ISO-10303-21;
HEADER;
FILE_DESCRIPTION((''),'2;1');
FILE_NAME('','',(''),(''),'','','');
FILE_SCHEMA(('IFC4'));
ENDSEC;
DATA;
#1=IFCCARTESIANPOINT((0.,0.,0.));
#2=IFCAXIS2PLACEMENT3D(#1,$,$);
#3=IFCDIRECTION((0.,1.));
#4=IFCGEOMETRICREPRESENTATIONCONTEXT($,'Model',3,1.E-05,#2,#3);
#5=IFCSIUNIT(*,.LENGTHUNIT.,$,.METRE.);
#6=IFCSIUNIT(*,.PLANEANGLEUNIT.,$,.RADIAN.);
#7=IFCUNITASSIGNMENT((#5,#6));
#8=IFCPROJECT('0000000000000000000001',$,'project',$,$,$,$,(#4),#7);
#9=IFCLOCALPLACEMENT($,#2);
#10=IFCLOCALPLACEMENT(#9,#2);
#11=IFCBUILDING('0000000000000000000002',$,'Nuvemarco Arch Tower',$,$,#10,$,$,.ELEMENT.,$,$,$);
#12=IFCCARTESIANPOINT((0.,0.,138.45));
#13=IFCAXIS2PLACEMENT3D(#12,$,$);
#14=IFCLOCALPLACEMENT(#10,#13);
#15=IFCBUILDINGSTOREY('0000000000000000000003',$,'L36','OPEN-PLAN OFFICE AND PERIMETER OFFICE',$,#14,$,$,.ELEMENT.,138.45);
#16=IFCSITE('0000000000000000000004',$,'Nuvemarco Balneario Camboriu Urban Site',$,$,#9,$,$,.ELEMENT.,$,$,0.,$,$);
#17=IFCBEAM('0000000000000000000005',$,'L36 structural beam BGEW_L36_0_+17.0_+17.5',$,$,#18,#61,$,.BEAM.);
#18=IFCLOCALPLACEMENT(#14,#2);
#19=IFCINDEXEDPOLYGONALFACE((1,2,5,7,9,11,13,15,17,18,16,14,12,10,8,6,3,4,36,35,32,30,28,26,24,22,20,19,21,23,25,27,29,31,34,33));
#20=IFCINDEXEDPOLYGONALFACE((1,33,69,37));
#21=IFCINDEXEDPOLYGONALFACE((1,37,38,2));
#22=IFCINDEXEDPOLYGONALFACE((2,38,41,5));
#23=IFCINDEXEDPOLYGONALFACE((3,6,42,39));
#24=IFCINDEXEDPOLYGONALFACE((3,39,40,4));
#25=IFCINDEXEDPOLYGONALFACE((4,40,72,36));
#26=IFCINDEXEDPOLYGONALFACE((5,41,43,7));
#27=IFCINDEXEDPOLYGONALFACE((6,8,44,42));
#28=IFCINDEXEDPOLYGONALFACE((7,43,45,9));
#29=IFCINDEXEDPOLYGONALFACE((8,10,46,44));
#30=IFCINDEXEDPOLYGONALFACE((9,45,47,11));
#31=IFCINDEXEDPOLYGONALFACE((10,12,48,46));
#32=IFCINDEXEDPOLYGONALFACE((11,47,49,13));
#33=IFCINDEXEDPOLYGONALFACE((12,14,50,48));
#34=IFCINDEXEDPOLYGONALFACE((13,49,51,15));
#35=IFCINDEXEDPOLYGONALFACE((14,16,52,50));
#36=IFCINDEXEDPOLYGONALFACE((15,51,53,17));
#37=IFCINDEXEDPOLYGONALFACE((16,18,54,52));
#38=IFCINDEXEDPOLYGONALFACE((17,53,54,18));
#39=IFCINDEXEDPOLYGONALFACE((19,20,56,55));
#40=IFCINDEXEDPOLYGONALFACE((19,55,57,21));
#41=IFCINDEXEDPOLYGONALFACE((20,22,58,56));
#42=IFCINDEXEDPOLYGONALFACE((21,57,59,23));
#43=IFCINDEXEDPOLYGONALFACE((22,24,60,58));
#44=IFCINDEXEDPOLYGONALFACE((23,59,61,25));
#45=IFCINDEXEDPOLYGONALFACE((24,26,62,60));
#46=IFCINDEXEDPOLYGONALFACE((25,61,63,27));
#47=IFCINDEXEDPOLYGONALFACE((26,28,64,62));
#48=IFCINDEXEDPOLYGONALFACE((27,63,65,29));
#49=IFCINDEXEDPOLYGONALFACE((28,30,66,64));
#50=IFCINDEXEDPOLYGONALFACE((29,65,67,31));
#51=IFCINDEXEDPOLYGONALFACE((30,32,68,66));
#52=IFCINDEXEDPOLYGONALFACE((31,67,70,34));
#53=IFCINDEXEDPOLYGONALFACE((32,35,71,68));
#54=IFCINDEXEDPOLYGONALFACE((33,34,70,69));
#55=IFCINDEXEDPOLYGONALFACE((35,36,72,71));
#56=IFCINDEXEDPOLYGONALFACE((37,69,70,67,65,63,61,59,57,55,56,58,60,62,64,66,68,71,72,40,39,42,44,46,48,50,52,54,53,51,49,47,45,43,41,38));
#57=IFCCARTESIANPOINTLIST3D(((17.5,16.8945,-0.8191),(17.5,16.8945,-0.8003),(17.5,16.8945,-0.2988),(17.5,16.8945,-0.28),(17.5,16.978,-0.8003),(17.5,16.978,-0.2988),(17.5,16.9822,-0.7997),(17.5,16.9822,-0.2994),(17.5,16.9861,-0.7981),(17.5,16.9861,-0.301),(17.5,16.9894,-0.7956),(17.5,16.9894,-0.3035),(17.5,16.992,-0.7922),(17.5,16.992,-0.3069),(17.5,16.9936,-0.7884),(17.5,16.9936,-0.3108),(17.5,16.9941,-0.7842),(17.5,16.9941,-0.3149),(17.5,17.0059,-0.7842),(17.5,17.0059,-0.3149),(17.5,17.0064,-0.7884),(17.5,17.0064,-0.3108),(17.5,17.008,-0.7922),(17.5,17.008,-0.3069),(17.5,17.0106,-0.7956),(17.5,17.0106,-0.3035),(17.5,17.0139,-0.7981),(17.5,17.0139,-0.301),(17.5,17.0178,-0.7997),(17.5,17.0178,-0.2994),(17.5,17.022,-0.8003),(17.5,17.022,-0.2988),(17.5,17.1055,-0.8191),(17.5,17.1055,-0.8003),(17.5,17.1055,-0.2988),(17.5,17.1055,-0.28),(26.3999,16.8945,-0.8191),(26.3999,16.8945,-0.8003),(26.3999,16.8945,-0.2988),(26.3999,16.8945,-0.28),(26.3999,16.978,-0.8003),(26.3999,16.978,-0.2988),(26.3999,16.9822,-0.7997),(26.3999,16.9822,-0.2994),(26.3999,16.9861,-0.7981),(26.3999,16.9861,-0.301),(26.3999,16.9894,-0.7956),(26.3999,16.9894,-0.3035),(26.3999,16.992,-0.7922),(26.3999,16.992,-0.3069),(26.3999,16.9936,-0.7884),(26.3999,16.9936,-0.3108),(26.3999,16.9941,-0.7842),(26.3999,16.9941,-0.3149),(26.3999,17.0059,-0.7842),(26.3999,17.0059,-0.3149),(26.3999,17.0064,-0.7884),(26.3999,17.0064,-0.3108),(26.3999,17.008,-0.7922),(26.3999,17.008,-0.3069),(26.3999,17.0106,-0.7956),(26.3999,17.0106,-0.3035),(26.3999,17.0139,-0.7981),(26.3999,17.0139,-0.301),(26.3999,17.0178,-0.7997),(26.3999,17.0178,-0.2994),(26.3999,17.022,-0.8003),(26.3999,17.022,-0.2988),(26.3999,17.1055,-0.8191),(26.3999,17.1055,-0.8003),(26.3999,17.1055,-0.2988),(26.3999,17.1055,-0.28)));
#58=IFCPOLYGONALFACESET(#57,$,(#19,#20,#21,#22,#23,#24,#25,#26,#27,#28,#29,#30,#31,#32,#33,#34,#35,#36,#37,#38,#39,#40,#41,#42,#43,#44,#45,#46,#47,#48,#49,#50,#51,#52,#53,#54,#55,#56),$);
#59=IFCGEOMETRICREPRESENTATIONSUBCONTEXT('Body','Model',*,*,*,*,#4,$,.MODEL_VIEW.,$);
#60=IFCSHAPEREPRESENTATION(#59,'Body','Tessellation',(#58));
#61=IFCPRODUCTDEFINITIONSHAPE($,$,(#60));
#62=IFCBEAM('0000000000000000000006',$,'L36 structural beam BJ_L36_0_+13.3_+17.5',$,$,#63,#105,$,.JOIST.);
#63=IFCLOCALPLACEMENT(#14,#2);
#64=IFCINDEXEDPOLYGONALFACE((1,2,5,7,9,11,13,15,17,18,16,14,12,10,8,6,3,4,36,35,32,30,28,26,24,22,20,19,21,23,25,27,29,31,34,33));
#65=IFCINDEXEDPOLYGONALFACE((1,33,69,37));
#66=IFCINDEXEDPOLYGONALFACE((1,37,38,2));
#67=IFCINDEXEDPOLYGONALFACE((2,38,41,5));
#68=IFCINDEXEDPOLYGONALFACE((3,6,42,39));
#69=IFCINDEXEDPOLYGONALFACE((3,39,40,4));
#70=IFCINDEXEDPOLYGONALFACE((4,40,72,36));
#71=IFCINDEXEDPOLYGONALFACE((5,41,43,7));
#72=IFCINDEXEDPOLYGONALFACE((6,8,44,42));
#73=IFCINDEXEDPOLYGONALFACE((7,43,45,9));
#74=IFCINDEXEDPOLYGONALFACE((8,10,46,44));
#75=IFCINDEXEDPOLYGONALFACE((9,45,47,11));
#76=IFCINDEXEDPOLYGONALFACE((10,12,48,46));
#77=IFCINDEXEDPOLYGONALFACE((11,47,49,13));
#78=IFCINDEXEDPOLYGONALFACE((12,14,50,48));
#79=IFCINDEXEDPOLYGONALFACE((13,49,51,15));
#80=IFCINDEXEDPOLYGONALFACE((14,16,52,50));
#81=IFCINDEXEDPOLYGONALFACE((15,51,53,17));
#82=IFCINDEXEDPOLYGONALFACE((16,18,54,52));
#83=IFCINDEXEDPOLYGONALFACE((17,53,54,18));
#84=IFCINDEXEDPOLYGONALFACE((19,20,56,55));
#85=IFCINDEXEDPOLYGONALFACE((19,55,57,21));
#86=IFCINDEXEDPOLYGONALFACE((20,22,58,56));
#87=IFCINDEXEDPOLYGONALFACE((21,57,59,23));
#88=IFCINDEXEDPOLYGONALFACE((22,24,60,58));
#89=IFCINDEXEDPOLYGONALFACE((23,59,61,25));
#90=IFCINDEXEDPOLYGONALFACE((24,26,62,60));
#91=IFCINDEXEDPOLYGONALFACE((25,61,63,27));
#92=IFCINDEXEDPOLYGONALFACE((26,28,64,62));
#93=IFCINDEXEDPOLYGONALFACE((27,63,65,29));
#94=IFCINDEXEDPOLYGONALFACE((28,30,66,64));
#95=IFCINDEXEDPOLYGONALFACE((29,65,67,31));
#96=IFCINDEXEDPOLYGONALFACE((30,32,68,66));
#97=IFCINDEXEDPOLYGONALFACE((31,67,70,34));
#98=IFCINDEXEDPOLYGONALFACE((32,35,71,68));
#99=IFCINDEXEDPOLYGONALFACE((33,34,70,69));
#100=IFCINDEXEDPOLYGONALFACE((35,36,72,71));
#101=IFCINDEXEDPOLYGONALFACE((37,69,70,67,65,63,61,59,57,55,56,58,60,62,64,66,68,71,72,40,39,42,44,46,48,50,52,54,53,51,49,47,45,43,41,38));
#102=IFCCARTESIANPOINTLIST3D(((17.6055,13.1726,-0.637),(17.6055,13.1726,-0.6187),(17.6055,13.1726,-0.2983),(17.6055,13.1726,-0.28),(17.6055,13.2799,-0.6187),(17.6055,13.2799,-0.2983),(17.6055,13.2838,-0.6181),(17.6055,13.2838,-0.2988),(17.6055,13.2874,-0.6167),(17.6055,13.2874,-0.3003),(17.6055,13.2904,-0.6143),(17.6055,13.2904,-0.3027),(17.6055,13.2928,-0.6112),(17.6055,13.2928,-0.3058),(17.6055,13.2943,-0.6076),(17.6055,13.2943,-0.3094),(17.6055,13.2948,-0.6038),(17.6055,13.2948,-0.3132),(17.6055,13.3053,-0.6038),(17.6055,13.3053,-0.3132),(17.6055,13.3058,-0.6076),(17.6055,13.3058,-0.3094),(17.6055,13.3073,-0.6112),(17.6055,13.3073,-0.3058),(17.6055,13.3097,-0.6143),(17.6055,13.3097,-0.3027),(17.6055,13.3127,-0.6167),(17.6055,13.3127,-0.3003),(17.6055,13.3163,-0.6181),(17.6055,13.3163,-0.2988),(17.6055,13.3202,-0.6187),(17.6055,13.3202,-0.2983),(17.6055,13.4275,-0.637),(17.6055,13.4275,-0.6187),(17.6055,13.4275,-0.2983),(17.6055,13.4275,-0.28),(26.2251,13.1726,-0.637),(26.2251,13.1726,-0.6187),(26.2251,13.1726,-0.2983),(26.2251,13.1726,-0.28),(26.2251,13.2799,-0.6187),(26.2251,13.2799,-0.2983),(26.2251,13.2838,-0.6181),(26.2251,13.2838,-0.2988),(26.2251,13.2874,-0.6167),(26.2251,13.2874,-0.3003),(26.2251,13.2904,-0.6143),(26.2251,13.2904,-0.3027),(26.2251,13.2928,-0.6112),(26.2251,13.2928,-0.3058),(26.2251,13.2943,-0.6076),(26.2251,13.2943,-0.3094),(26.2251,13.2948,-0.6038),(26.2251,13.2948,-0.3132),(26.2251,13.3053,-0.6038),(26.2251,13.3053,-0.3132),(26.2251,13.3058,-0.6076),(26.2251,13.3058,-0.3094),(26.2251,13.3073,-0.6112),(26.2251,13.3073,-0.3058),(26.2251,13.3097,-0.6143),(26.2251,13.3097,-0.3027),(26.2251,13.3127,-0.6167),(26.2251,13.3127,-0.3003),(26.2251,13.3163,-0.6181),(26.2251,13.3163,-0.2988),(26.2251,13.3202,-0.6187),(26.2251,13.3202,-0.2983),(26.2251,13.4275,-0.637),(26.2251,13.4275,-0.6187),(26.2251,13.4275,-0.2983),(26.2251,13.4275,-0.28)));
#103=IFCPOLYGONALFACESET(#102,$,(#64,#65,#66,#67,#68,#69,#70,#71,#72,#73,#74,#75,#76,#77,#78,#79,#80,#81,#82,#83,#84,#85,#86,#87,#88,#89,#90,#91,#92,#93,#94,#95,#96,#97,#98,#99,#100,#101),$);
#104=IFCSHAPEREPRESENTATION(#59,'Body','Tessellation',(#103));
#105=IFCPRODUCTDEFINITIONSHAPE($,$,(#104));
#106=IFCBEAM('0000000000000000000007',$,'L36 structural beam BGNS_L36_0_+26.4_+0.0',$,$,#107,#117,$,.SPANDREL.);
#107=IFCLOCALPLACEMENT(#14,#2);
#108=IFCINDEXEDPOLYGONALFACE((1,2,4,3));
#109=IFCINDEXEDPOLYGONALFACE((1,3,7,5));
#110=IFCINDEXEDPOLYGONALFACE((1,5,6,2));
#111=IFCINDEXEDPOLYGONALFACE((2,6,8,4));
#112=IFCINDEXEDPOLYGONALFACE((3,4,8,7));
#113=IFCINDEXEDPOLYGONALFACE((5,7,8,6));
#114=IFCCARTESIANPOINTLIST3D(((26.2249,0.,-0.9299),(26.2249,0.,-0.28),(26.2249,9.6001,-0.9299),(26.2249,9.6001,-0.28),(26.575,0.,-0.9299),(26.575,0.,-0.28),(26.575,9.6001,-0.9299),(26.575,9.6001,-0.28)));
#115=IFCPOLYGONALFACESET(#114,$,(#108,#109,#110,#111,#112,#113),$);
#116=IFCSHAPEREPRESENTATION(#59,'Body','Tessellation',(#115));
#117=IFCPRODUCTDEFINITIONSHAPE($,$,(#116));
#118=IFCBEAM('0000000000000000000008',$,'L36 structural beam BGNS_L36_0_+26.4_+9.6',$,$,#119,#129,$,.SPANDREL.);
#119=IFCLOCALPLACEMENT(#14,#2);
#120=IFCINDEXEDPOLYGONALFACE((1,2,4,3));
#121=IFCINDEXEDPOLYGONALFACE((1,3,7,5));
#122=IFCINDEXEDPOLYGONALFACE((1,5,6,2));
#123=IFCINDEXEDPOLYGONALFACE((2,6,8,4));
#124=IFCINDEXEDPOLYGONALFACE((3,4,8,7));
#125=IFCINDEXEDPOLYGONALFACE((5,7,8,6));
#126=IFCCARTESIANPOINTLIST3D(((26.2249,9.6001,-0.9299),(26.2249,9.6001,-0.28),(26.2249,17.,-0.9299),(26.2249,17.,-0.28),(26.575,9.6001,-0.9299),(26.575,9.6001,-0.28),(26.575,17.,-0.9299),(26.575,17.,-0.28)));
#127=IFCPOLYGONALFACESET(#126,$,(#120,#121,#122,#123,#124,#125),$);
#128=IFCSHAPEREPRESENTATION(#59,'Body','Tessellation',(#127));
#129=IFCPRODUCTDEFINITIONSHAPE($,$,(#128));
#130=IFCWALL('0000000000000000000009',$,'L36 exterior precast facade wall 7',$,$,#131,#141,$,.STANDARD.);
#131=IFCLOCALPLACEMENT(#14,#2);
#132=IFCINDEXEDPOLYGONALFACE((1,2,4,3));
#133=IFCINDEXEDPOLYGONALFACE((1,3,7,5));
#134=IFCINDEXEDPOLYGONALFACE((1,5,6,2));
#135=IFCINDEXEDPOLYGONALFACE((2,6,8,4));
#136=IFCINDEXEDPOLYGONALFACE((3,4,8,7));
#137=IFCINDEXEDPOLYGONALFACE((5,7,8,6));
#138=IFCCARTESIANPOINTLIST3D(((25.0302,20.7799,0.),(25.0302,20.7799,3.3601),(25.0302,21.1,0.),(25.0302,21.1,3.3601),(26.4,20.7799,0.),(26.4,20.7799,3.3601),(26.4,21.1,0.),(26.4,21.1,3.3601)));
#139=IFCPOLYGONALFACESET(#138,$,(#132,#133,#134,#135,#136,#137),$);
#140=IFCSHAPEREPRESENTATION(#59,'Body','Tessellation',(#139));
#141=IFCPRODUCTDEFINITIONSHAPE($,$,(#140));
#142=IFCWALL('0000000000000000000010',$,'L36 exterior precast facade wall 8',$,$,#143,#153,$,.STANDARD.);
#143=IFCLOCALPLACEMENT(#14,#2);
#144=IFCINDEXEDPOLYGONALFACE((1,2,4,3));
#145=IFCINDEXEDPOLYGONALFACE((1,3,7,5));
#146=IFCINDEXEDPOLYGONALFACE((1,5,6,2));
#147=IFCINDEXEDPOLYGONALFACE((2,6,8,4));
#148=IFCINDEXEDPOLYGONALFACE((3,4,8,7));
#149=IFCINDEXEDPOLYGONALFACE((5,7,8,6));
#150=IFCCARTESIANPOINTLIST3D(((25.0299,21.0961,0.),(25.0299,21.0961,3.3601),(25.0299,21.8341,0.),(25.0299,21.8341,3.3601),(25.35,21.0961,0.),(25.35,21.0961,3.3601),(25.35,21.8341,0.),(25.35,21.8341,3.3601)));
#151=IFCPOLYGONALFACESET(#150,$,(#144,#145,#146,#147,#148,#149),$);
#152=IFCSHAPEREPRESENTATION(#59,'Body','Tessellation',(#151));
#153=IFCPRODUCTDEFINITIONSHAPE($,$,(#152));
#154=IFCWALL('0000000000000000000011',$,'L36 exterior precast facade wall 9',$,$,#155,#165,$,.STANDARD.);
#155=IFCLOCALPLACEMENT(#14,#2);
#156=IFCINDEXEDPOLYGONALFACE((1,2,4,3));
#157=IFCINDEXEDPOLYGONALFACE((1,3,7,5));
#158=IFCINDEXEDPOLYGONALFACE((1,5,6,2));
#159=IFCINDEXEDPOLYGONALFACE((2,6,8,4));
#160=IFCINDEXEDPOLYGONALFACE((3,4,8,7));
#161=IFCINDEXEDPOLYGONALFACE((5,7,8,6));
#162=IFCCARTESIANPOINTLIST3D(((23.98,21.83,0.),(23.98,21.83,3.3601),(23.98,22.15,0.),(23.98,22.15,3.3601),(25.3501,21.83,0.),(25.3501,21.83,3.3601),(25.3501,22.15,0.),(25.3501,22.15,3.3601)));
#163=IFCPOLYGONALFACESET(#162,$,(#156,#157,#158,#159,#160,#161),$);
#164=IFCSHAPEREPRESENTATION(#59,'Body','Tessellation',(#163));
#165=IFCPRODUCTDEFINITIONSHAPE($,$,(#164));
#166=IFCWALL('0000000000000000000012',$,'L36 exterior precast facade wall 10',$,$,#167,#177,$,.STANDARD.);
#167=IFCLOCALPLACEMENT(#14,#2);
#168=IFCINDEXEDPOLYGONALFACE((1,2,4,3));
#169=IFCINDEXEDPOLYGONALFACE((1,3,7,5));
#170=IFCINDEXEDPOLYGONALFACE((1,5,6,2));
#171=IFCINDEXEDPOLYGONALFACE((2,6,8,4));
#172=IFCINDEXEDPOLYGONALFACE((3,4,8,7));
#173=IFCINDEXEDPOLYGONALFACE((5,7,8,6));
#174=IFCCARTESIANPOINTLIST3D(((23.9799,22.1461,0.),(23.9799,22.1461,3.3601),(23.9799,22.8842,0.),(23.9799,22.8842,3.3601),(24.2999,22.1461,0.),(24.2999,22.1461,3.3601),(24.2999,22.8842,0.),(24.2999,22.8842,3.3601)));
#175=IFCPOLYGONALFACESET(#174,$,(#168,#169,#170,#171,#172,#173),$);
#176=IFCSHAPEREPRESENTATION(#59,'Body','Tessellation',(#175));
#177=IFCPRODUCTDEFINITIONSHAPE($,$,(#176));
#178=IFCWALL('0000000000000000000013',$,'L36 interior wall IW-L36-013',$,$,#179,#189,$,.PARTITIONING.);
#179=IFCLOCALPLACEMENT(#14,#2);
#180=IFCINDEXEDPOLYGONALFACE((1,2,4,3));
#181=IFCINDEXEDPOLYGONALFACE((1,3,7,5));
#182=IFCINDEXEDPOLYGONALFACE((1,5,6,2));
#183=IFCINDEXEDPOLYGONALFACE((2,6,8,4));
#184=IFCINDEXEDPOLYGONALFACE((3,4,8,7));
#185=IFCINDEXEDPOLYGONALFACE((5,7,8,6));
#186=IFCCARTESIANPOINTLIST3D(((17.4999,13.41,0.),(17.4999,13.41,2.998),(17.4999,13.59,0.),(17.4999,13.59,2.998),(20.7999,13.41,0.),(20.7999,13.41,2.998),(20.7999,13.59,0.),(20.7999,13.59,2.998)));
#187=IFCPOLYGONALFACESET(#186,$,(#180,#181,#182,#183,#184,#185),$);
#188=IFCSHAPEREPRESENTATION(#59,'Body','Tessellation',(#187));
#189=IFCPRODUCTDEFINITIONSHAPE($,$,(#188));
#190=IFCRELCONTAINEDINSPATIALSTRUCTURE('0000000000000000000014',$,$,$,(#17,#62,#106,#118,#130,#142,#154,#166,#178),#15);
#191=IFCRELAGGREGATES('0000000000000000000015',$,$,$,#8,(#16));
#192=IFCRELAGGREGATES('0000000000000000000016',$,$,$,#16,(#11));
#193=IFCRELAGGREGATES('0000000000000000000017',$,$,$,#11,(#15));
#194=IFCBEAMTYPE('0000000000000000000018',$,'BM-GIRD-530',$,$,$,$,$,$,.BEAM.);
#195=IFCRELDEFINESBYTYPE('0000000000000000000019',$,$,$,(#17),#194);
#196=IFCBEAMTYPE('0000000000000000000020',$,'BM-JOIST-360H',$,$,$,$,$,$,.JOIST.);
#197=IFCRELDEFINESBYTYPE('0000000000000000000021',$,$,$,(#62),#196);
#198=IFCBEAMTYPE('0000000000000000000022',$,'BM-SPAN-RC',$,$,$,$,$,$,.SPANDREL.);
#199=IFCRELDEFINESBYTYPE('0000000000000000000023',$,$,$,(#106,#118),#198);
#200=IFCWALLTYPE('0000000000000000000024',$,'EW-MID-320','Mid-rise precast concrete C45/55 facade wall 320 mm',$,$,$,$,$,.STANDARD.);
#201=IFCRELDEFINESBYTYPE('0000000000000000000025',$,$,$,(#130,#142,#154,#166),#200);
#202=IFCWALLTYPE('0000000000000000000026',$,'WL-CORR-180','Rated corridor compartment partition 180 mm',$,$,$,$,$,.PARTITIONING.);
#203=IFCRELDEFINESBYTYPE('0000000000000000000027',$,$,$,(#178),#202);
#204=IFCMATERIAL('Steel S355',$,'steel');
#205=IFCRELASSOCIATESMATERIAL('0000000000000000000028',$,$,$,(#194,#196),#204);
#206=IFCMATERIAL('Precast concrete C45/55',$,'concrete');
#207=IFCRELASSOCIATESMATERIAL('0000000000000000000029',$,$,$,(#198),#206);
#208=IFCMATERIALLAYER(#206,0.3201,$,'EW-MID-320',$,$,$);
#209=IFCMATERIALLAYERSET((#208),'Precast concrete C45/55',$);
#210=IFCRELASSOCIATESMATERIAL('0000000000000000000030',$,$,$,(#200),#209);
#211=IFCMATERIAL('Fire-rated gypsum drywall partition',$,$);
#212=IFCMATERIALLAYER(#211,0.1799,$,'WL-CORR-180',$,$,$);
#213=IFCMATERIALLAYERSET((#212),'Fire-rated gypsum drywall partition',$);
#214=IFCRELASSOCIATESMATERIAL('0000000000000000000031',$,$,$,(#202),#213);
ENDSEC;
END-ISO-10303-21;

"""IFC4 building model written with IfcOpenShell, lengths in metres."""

from ifc_helpers import new_model, si_unit, direction, frame, frame_2d, origin, origin_2d, place, context, subcontext, project, spatial, rectangle, i_section, extrude, material, layer, layer_set, material_profile, profile_set, type_object, element, save


model = new_model("IFC4")

# Units and contexts
model_context = context("Model", 3, precision=1e-05, world=origin(), true_north=direction((0.0, 1.0)))
body_context = subcontext(model_context, "Body", "Model", "MODEL_VIEW")
ifc_project = project(units=[si_unit("LENGTHUNIT", "METRE"), si_unit("PLANEANGLEUNIT", "RADIAN")], contexts=[model_context])

# Site, building, storey
site_placement = place(None, origin())
site = spatial("IfcSite", under=ifc_project, at=site_placement, Name="Nuvemarco Balneario Camboriu Urban Site", CompositionType="ELEMENT", RefElevation=0.0)
building_placement = place(site_placement, origin())
building = spatial("IfcBuilding", under=site, at=building_placement, Name="Nuvemarco Arch Tower", CompositionType="ELEMENT")
storey_placement = place(building_placement, frame((0.0, 0.0, 138.45)))
storey = spatial("IfcBuildingStorey", under=building, at=storey_placement, Name="L36", Description="OPEN-PLAN OFFICE AND PERIMETER OFFICE", CompositionType="ELEMENT", Elevation=138.45)

# Shared definitions
ifc_material_1 = material(Name="Steel S355", Category="steel")

# Beams
ifc_material_profile_1 = material_profile(ifc_material_1, i_section(OverallWidth=0.2109, OverallDepth=0.5391, WebThickness=0.0117, FlangeThickness=0.0188, FilletRadius=0.0161, at=origin_2d()), Name="W530x109")
ifc_profile_set_1 = profile_set([ifc_material_profile_1], Name="Steel S355")
beam_type_1 = type_object("IfcBeamType", Name="BM-GIRD-530", PredefinedType="BEAM", material=ifc_profile_set_1)
for number, where, z_axis, x_axis, name in (
    (1, (17.5, 17.0, -0.5496), (1.0, 0.0, 0.0), (0.0, 1.0, 0.0), "L36 structural beam BGEW_L36_0_+17.0_+17.5"),
):
    element("IfcBeam", number, at=place(storey_placement, frame(where, z_axis=z_axis, x_axis=x_axis)), inside=storey, type_object=beam_type_1, Name=name, PredefinedType="BEAM", context=body_context, shape_type="SweptSolid", body=[
        extrude(i_section(OverallWidth=0.2109, OverallDepth=0.5391, WebThickness=0.0117, FlangeThickness=0.0188, FilletRadius=0.0161, at=origin_2d()), origin(), (0.0, 0.0, 1.0), 8.8999),
    ])
ifc_material_profile_2 = material_profile(ifc_material_1, i_section(OverallWidth=0.2549, OverallDepth=0.3569, WebThickness=0.0105, FlangeThickness=0.0183, FilletRadius=0.0149, at=origin_2d()), Name="W360x101")
ifc_profile_set_2 = profile_set([ifc_material_profile_2], Name="Steel S355")
beam_type_2 = type_object("IfcBeamType", Name="BM-JOIST-360H", PredefinedType="JOIST", material=ifc_profile_set_2)
beam_1_placement = place(storey_placement, frame((17.6055, 13.3, -0.4585), z_axis=(1.0, 0.0, 0.0), x_axis=(0.0, 1.0, 0.0)))
element("IfcBeam", 2, at=beam_1_placement, inside=storey, type_object=beam_type_2, Name="L36 structural beam BJ_L36_0_+13.3_+17.5", PredefinedType="JOIST", context=body_context, shape_type="SweptSolid", body=[
    extrude(i_section(OverallWidth=0.2549, OverallDepth=0.3569, WebThickness=0.0105, FlangeThickness=0.0183, FilletRadius=0.0149, at=origin_2d()), origin(), (0.0, 0.0, 1.0), 8.6196),
])
ifc_material_2 = material(Name="Precast concrete C45/55", Category="concrete")
ifc_material_profile_3 = material_profile(ifc_material_2, rectangle(XDim=0.3501, YDim=0.6499, at=origin_2d()), Name="PC-SP-350x650")
ifc_profile_set_3 = profile_set([ifc_material_profile_3], Name="Precast concrete C45/55")
beam_type_3 = type_object("IfcBeamType", Name="BM-SPAN-RC", PredefinedType="SPANDREL", material=ifc_profile_set_3)
beam_2_placement = place(storey_placement, frame((26.3999, 0.0, -0.605), z_axis=(0.0, 1.0, 0.0), x_axis=(-1.0, 0.0, 0.0)))
element("IfcBeam", 3, at=beam_2_placement, inside=storey, type_object=beam_type_3, Name="L36 structural beam BGNS_L36_0_+26.4_+0.0", PredefinedType="SPANDREL", context=body_context, shape_type="SweptSolid", body=[
    extrude(rectangle(XDim=0.3501, YDim=0.6499, at=origin_2d()), origin(), (0.0, 0.0, 1.0), 9.6001),
])
beam_3_placement = place(storey_placement, frame((26.3999, 9.6001, -0.605), z_axis=(0.0, 1.0, 0.0), x_axis=(-1.0, 0.0, 0.0)))
element("IfcBeam", 4, at=beam_3_placement, inside=storey, type_object=beam_type_3, Name="L36 structural beam BGNS_L36_0_+26.4_+9.6", PredefinedType="SPANDREL", context=body_context, shape_type="SweptSolid", body=[
    extrude(rectangle(XDim=0.3501, YDim=0.6499, at=origin_2d()), origin(), (0.0, 0.0, 1.0), 7.3999),
])

# Walls
ifc_layer_1 = layer(ifc_material_2, 0.3201, Name="EW-MID-320")
ifc_layer_set_1 = layer_set([ifc_layer_1], Name="Precast concrete C45/55")
wall_type_1 = type_object("IfcWallType", Name="EW-MID-320", Description="Mid-rise precast concrete C45/55 facade wall 320 mm", PredefinedType="STANDARD", material=ifc_layer_set_1)
wall_1_placement = place(storey_placement, frame((25.03, 20.9399, 0.0), z_axis=(0.0, 0.0, 1.0), x_axis=(1.0, 0.0, 0.0)))
element("IfcWall", 5, at=wall_1_placement, inside=storey, type_object=wall_type_1, Name="L36 exterior precast facade wall 7", PredefinedType="STANDARD", context=body_context, shape_type="SweptSolid", body=[
    extrude(rectangle(XDim=1.3699, YDim=0.3201, at=frame_2d((0.6851, 0.0))), origin(), (0.0, 0.0, 1.0), 3.3601),
])
wall_2_placement = place(storey_placement, frame((25.1899, 21.0959, 0.0), z_axis=(0.0, 0.0, 1.0), x_axis=(0.0, 1.0, 0.0)))
element("IfcWall", 6, at=wall_2_placement, inside=storey, type_object=wall_type_1, Name="L36 exterior precast facade wall 8", PredefinedType="STANDARD", context=body_context, shape_type="SweptSolid", body=[
    extrude(rectangle(XDim=0.738, YDim=0.3201, at=frame_2d((0.3691, 0.0))), origin(), (0.0, 0.0, 1.0), 3.3601),
])
wall_3_placement = place(storey_placement, frame((23.98, 21.99, 0.0), z_axis=(0.0, 0.0, 1.0), x_axis=(1.0, 0.0, 0.0)))
element("IfcWall", 7, at=wall_3_placement, inside=storey, type_object=wall_type_1, Name="L36 exterior precast facade wall 9", PredefinedType="STANDARD", context=body_context, shape_type="SweptSolid", body=[
    extrude(rectangle(XDim=1.3701, YDim=0.3201, at=frame_2d((0.6851, 0.0))), origin(), (0.0, 0.0, 1.0), 3.3601),
])
wall_4_placement = place(storey_placement, frame((24.1399, 22.146, 0.0), z_axis=(0.0, 0.0, 1.0), x_axis=(0.0, 1.0, 0.0)))
element("IfcWall", 8, at=wall_4_placement, inside=storey, type_object=wall_type_1, Name="L36 exterior precast facade wall 10", PredefinedType="STANDARD", context=body_context, shape_type="SweptSolid", body=[
    extrude(rectangle(XDim=0.738, YDim=0.3201, at=frame_2d((0.3691, 0.0))), origin(), (0.0, 0.0, 1.0), 3.3601),
])
ifc_material_3 = material(Name="Fire-rated gypsum drywall partition")
ifc_layer_2 = layer(ifc_material_3, 0.1799, Name="WL-CORR-180")
ifc_layer_set_2 = layer_set([ifc_layer_2], Name="Fire-rated gypsum drywall partition")
wall_type_2 = type_object("IfcWallType", Name="WL-CORR-180", Description="Rated corridor compartment partition 180 mm", PredefinedType="PARTITIONING", material=ifc_layer_set_2)
wall_5_placement = place(storey_placement, frame((17.5, 13.5, 0.0), z_axis=(0.0, 0.0, 1.0), x_axis=(1.0, 0.0, 0.0)))
element("IfcWall", 9, at=wall_5_placement, inside=storey, type_object=wall_type_2, Name="L36 interior wall IW-L36-013", PredefinedType="PARTITIONING", context=body_context, shape_type="SweptSolid", body=[
    extrude(rectangle(XDim=3.3, YDim=0.1799, at=frame_2d((1.6499, 0.0))), origin(), (0.0, 0.0, 1.0), 2.998),
])

save(model, "model.ifc")
